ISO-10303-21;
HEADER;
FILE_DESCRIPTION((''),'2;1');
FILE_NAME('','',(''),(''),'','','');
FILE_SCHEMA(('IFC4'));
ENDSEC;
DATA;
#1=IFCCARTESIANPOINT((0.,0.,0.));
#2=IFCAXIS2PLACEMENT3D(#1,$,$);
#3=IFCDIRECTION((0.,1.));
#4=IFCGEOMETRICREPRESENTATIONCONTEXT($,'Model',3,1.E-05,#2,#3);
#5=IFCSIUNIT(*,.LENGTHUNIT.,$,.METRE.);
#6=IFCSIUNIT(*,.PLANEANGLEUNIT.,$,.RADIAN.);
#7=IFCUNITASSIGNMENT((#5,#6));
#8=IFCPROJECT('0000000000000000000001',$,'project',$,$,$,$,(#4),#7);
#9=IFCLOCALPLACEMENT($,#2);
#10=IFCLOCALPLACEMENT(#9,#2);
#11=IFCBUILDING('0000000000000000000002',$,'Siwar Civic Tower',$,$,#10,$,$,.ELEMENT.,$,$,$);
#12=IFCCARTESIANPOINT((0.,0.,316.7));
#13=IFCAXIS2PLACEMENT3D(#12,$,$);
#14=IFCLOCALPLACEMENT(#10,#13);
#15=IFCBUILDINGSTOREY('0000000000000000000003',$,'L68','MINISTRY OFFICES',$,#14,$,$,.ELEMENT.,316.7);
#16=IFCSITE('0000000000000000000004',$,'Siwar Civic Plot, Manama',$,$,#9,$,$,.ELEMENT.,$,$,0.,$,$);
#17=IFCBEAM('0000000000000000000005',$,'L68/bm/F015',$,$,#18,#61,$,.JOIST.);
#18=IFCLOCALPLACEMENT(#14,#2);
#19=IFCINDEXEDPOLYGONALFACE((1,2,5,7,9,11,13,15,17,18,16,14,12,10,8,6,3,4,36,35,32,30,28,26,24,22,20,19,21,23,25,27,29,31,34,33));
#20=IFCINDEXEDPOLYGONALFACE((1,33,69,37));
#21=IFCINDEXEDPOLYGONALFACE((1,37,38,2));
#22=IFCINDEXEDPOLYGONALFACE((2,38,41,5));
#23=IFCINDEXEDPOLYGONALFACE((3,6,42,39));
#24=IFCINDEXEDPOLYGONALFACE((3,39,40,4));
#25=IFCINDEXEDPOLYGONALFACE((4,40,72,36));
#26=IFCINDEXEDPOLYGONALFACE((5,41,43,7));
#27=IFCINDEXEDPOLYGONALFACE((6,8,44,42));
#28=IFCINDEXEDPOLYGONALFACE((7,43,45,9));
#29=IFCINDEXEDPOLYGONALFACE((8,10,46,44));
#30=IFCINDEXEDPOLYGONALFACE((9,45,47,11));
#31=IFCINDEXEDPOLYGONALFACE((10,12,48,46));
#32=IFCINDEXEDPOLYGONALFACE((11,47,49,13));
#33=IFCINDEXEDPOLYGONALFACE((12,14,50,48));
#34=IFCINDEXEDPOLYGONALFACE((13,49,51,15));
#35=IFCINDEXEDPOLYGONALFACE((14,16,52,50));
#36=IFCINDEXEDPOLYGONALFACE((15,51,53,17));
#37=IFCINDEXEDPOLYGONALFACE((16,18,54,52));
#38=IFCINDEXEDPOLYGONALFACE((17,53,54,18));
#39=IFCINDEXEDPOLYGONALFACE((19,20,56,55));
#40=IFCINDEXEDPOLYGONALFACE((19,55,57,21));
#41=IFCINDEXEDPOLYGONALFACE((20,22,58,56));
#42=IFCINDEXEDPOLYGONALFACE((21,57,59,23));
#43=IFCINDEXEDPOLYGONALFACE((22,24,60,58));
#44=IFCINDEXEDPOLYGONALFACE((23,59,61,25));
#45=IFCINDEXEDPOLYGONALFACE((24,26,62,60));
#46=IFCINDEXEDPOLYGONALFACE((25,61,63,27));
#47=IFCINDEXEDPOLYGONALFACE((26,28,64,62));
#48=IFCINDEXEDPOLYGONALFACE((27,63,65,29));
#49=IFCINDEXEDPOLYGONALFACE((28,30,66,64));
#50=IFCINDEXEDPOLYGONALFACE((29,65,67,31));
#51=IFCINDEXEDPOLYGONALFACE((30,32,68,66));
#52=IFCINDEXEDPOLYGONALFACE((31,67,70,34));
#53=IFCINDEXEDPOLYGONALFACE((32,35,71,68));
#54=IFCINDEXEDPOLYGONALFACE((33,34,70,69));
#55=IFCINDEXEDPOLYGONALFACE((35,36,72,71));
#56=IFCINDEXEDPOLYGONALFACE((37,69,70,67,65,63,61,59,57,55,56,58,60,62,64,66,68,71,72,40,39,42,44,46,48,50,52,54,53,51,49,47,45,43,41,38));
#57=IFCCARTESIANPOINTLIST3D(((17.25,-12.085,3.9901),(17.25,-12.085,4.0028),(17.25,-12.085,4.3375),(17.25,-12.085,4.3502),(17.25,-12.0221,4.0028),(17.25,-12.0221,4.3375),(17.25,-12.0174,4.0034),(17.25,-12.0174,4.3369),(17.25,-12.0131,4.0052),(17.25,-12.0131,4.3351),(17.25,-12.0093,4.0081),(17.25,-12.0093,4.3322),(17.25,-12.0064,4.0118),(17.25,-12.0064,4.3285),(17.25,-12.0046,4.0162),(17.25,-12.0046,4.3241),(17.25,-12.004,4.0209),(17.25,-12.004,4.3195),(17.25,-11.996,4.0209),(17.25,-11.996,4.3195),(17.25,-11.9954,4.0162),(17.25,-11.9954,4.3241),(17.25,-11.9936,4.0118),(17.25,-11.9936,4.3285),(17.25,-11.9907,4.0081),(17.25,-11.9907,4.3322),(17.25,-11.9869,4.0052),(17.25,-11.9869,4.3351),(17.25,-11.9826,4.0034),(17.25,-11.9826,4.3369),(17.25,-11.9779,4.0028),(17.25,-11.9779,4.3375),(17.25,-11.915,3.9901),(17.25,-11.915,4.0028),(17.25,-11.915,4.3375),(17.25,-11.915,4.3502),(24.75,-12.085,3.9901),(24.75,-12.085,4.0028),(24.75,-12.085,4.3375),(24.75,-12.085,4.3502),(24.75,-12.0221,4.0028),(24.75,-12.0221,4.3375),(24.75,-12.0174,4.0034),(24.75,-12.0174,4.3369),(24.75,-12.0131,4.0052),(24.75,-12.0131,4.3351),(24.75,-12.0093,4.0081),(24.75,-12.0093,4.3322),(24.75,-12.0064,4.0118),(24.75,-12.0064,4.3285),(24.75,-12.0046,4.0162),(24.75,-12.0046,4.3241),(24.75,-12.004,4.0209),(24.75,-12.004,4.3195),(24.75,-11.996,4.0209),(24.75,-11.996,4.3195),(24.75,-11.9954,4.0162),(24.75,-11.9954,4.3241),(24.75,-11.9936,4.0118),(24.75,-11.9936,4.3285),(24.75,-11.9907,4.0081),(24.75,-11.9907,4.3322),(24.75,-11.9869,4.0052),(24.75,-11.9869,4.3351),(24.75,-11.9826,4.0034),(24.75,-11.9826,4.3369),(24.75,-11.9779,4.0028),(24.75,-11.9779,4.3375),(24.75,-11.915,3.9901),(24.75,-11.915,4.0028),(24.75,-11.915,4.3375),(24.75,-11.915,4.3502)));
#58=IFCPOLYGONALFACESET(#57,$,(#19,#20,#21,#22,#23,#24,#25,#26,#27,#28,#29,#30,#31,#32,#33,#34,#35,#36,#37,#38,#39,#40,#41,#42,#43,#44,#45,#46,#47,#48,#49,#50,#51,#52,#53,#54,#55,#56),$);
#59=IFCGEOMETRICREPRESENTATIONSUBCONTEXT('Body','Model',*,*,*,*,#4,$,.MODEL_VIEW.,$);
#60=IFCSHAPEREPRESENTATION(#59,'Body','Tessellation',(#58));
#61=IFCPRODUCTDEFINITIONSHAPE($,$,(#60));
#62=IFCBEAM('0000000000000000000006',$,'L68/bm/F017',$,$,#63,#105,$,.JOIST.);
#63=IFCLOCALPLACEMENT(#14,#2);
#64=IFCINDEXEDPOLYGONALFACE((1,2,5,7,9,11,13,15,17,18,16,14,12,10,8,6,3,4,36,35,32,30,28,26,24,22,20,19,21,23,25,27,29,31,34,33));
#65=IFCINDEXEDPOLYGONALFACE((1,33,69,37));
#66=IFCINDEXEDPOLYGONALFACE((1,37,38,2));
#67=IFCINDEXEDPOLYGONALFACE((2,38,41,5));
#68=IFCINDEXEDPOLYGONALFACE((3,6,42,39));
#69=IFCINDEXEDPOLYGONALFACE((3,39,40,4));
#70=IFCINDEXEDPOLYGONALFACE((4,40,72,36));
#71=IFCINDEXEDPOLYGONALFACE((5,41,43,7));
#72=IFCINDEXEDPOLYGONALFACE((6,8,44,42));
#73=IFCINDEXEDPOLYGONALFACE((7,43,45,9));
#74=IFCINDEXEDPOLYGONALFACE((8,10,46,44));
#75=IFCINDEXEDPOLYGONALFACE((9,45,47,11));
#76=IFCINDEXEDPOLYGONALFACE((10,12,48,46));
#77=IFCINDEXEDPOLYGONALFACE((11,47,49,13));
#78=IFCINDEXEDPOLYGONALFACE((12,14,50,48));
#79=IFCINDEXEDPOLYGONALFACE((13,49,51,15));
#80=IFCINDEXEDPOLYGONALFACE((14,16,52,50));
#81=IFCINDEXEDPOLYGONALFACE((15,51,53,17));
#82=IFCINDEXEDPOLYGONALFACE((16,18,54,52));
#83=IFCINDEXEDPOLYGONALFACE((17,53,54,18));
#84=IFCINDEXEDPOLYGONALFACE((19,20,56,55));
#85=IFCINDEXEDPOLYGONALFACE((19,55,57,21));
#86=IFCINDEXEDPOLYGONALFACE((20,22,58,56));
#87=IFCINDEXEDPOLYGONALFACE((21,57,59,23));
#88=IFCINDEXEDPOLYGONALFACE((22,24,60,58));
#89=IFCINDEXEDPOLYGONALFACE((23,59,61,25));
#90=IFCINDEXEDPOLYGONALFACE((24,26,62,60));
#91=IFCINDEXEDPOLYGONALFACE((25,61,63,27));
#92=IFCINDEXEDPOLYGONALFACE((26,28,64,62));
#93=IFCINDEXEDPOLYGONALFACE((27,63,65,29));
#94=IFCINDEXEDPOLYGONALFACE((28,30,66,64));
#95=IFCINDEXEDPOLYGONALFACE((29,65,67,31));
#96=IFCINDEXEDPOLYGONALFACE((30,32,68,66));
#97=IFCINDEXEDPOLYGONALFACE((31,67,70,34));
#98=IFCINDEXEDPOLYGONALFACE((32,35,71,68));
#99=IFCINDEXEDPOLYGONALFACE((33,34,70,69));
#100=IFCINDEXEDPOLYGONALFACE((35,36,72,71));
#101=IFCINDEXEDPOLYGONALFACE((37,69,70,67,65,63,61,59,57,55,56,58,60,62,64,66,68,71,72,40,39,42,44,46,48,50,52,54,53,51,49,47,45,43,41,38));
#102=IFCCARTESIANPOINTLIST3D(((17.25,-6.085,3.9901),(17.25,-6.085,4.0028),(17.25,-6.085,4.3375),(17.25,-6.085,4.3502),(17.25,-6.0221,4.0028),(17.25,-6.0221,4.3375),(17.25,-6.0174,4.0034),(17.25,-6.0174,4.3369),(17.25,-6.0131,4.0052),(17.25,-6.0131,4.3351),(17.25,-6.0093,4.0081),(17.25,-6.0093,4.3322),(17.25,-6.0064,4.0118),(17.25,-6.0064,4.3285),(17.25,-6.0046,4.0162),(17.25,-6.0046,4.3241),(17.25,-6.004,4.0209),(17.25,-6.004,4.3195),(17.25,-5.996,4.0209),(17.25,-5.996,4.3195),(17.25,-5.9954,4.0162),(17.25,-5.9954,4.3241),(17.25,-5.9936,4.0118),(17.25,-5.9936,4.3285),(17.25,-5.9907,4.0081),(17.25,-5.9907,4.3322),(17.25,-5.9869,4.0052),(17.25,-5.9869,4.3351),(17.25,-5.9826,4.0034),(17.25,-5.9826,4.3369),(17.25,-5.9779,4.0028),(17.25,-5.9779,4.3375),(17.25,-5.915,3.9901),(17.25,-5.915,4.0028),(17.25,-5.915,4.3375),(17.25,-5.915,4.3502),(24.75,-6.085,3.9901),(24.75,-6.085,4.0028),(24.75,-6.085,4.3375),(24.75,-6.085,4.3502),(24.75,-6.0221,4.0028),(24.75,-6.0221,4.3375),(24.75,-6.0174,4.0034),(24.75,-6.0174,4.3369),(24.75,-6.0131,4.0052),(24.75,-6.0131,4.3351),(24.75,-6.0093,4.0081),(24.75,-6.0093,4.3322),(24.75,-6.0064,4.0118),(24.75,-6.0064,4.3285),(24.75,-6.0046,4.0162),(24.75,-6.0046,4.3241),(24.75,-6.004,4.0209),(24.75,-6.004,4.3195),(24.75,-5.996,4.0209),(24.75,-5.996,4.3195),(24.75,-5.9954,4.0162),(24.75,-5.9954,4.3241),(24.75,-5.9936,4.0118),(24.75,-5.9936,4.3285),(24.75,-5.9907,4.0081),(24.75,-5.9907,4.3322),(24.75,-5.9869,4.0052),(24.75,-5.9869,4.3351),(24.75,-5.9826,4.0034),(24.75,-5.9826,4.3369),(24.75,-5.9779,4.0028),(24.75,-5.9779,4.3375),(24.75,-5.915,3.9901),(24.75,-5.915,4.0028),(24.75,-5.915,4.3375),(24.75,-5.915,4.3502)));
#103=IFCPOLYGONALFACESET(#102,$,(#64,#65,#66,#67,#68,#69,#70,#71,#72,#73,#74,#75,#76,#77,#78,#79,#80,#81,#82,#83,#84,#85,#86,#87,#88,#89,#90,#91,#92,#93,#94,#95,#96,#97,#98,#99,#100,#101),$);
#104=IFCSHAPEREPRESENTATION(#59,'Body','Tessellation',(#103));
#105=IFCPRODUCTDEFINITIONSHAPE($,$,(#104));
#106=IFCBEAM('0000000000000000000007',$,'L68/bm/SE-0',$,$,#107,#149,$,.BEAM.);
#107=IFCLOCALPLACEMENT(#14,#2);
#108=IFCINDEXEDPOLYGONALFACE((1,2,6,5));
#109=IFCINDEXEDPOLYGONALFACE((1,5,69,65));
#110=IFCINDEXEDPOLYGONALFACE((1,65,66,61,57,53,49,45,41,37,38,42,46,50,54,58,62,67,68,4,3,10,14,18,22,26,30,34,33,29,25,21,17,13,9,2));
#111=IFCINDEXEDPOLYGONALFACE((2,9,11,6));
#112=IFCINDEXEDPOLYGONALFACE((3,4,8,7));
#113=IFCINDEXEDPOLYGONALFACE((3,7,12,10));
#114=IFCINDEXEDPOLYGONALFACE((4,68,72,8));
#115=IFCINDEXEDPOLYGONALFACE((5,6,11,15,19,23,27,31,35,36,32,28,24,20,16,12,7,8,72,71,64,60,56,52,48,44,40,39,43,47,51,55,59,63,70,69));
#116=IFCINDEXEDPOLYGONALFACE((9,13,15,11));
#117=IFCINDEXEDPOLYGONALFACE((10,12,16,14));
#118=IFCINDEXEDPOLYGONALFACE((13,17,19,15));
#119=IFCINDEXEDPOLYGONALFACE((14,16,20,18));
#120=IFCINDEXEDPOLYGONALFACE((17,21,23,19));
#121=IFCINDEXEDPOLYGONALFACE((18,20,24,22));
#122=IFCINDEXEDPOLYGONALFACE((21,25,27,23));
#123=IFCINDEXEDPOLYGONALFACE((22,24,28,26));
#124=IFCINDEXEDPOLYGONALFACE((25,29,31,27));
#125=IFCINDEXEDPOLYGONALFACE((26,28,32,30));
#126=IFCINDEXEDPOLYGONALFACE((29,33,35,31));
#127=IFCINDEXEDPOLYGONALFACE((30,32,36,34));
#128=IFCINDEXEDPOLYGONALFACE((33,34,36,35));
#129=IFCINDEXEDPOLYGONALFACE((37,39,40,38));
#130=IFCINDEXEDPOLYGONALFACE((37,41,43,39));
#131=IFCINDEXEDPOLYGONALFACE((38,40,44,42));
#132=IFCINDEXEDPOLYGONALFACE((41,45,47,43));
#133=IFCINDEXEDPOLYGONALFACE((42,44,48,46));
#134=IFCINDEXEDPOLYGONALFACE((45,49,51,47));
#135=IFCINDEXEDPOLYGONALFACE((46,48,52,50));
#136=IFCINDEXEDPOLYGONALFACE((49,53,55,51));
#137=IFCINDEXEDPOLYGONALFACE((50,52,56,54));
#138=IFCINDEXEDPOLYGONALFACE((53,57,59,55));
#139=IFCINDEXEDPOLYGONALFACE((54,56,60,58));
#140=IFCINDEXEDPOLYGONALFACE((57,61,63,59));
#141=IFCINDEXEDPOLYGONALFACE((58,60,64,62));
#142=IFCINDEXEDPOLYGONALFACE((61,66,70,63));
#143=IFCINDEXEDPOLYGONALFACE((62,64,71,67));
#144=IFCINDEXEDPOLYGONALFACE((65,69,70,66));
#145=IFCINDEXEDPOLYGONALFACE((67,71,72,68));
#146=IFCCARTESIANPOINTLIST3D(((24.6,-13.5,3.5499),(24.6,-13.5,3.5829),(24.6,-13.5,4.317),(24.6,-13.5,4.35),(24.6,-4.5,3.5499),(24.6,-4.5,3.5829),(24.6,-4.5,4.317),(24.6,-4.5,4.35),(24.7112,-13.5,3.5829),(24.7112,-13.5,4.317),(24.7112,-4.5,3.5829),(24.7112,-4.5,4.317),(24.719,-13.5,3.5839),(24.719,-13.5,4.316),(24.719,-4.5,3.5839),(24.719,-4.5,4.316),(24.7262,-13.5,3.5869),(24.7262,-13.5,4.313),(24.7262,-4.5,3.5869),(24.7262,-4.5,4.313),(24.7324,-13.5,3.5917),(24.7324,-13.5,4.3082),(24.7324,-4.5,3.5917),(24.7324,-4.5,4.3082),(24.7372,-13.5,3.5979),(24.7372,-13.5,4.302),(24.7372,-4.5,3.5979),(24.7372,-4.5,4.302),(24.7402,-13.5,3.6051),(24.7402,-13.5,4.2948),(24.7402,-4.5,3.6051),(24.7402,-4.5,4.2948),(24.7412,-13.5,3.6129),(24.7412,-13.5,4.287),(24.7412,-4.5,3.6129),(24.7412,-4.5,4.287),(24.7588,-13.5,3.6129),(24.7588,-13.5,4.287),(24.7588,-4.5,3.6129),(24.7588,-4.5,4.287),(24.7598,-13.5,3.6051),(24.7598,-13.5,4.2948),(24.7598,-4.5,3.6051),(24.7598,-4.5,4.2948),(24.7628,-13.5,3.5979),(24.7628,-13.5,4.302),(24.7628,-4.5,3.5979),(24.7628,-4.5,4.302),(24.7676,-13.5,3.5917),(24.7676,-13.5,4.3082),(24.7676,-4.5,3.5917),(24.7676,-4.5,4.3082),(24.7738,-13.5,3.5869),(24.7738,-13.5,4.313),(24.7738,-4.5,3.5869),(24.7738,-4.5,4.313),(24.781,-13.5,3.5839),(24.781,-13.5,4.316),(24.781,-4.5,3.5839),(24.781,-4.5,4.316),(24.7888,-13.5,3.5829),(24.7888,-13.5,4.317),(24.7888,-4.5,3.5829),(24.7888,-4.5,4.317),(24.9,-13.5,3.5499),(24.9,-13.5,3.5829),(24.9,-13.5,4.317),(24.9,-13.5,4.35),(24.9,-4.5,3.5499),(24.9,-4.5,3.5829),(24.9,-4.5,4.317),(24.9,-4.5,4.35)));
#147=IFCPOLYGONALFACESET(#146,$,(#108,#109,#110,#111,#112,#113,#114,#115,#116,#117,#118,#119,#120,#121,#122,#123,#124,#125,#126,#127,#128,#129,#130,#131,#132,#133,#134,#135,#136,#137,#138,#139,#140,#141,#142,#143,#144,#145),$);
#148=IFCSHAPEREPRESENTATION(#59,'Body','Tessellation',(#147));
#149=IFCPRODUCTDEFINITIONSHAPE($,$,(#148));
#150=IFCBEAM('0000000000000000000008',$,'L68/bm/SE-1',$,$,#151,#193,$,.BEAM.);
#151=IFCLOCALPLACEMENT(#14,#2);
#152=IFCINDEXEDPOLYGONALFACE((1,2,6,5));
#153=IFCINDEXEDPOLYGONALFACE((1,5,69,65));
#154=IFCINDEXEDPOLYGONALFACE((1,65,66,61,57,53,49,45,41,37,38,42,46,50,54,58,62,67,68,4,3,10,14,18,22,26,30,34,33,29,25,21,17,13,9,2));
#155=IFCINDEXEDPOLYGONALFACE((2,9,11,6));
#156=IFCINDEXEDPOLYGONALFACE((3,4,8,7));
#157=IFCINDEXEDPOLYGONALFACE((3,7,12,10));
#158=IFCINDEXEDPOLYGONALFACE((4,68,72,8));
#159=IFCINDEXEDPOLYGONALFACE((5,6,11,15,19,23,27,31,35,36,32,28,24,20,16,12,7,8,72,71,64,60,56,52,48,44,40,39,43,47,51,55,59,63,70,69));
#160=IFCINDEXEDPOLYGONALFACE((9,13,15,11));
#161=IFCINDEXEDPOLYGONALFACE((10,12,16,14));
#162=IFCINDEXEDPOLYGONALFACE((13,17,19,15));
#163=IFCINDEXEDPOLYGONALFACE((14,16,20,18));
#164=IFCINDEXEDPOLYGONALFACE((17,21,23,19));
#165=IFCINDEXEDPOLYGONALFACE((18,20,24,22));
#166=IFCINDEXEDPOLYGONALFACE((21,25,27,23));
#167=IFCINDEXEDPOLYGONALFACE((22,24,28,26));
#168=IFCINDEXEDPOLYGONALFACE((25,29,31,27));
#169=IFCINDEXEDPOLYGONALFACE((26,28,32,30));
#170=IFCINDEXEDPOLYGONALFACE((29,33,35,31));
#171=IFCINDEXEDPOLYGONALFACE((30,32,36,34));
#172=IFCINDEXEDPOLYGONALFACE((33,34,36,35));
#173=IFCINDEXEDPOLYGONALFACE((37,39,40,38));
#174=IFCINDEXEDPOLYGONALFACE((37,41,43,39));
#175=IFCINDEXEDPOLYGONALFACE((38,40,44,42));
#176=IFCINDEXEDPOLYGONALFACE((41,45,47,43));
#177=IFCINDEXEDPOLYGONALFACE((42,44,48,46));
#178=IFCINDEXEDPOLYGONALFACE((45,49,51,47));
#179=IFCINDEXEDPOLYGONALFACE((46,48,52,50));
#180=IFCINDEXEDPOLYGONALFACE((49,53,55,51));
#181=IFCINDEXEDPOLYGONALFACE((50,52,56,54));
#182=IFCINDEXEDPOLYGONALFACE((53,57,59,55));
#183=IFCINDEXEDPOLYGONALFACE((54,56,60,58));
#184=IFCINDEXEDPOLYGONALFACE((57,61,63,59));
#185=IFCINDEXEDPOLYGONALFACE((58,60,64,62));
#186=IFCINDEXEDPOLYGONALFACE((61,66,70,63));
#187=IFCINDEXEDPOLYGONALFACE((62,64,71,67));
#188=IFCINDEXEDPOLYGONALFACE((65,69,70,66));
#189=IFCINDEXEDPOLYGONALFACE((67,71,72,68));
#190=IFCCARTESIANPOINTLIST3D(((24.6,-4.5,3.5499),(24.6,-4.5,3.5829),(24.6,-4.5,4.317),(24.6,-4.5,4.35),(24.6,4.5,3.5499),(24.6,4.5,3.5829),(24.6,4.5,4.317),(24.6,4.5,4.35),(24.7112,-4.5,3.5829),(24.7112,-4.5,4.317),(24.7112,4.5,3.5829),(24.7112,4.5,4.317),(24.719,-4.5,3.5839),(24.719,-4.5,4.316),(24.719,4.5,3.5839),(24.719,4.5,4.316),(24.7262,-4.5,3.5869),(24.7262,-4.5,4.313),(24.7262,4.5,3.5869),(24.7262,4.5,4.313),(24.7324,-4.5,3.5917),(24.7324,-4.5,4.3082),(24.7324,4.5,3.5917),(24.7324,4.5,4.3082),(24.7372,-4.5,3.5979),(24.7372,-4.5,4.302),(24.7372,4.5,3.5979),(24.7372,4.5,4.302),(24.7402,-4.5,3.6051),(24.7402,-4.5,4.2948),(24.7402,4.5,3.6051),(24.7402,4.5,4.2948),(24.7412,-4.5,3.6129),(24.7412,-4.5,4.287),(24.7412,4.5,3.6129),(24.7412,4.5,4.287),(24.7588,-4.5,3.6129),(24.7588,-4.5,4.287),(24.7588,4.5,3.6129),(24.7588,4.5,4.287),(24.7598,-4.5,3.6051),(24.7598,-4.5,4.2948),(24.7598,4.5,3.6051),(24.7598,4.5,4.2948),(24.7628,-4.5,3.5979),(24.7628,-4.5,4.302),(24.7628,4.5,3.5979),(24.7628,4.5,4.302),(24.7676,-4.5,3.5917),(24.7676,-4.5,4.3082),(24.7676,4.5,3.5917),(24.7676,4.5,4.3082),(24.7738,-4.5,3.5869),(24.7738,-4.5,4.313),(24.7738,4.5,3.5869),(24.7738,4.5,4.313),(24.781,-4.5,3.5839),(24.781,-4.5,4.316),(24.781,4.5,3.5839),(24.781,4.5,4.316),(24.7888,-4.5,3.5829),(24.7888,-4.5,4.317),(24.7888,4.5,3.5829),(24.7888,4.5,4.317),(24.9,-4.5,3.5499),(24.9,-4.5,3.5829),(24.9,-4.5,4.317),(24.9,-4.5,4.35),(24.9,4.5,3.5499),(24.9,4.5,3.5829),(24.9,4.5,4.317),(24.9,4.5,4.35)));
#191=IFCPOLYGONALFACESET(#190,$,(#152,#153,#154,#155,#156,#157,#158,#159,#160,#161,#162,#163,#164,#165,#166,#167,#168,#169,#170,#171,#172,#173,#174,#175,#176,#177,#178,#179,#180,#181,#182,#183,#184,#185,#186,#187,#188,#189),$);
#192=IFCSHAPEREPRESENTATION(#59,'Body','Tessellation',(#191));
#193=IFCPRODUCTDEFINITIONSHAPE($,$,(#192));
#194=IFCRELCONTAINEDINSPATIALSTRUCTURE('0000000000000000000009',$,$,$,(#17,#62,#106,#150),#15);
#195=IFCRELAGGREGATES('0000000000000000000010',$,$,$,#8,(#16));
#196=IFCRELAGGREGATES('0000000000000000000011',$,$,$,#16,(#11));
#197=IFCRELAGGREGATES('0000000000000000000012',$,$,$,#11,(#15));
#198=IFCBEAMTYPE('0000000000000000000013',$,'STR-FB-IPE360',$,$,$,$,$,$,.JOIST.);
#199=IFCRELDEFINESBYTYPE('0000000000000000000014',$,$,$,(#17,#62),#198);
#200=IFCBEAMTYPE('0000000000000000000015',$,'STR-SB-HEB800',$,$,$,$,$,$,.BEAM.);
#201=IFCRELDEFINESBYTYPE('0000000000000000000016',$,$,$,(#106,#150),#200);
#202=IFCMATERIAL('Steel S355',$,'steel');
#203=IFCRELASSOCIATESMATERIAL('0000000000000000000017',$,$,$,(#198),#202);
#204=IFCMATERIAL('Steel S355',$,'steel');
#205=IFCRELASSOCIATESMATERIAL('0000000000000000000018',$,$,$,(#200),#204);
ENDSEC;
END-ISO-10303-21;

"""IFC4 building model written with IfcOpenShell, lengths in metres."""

from ifc_helpers import new_model, si_unit, direction, frame, origin, origin_2d, place, context, subcontext, project, spatial, i_section, extrude, material, material_profile, profile_set, type_object, element, save


model = new_model("IFC4")

# Units and contexts
model_context = context("Model", 3, precision=1e-05, world=origin(), true_north=direction((0.0, 1.0)))
body_context = subcontext(model_context, "Body", "Model", "MODEL_VIEW")
ifc_project = project(units=[si_unit("LENGTHUNIT", "METRE"), si_unit("PLANEANGLEUNIT", "RADIAN")], contexts=[model_context])

# Site, building, storey
site_placement = place(None, origin())
site = spatial("IfcSite", under=ifc_project, at=site_placement, Name="Siwar Civic Plot, Manama", CompositionType="ELEMENT", RefElevation=0.0)
building_placement = place(site_placement, origin())
building = spatial("IfcBuilding", under=site, at=building_placement, Name="Siwar Civic Tower", CompositionType="ELEMENT")
storey_placement = place(building_placement, frame((0.0, 0.0, 316.7)))
storey = spatial("IfcBuildingStorey", under=building, at=storey_placement, Name="L68", Description="MINISTRY OFFICES", CompositionType="ELEMENT", Elevation=316.7)

# Beams
ifc_material_1 = material(Name="Steel S355", Category="steel")
ifc_material_profile_1 = material_profile(ifc_material_1, i_section(OverallWidth=0.1699, OverallDepth=0.3601, WebThickness=0.0081, FlangeThickness=0.0127, FilletRadius=0.0181, at=origin_2d()), Name="IPE360")
ifc_profile_set_1 = profile_set([ifc_material_profile_1], Name="Steel S355")
beam_type_1 = type_object("IfcBeamType", Name="STR-FB-IPE360", PredefinedType="JOIST", material=ifc_profile_set_1)
for number, where, z_axis, x_axis, name in (
    (1, (17.25, -12.0, 4.1702), (1.0, 0.0, 0.0), (0.0, 1.0, 0.0), "L68/bm/F015"),
    (2, (17.25, -6.0, 4.1702), (1.0, 0.0, 0.0), (0.0, 1.0, 0.0), "L68/bm/F017"),
):
    element("IfcBeam", number, at=place(storey_placement, frame(where, z_axis=z_axis, x_axis=x_axis)), inside=storey, type_object=beam_type_1, Name=name, PredefinedType="JOIST", context=body_context, shape_type="SweptSolid", body=[
        extrude(i_section(OverallWidth=0.1699, OverallDepth=0.3601, WebThickness=0.0081, FlangeThickness=0.0127, FilletRadius=0.0181, at=origin_2d()), origin(), (0.0, 0.0, 1.0), 7.5),
    ])
ifc_material_2 = material(Name="Steel S355", Category="steel")
ifc_material_profile_2 = material_profile(ifc_material_2, i_section(OverallWidth=0.3, OverallDepth=0.8, WebThickness=0.0176, FlangeThickness=0.033, FilletRadius=0.03, at=origin_2d()), Name="HEB800")
ifc_profile_set_2 = profile_set([ifc_material_profile_2], Name="Steel S355")
beam_type_2 = type_object("IfcBeamType", Name="STR-SB-HEB800", PredefinedType="BEAM", material=ifc_profile_set_2)
for number, where, z_axis, x_axis, name in (
    (3, (24.75, -13.5, 3.95), (0.0, 1.0, 0.0), (-1.0, 0.0, 0.0), "L68/bm/SE-0"),
    (4, (24.75, -4.5, 3.95), (0.0, 1.0, 0.0), (-1.0, 0.0, 0.0), "L68/bm/SE-1"),
):
    element("IfcBeam", number, at=place(storey_placement, frame(where, z_axis=z_axis, x_axis=x_axis)), inside=storey, type_object=beam_type_2, Name=name, PredefinedType="BEAM", context=body_context, shape_type="SweptSolid", body=[
        extrude(i_section(OverallWidth=0.3, OverallDepth=0.8, WebThickness=0.0176, FlangeThickness=0.033, FilletRadius=0.03, at=origin_2d()), origin(), (0.0, 0.0, 1.0), 9.0),
    ])

save(model, "model.ifc")
